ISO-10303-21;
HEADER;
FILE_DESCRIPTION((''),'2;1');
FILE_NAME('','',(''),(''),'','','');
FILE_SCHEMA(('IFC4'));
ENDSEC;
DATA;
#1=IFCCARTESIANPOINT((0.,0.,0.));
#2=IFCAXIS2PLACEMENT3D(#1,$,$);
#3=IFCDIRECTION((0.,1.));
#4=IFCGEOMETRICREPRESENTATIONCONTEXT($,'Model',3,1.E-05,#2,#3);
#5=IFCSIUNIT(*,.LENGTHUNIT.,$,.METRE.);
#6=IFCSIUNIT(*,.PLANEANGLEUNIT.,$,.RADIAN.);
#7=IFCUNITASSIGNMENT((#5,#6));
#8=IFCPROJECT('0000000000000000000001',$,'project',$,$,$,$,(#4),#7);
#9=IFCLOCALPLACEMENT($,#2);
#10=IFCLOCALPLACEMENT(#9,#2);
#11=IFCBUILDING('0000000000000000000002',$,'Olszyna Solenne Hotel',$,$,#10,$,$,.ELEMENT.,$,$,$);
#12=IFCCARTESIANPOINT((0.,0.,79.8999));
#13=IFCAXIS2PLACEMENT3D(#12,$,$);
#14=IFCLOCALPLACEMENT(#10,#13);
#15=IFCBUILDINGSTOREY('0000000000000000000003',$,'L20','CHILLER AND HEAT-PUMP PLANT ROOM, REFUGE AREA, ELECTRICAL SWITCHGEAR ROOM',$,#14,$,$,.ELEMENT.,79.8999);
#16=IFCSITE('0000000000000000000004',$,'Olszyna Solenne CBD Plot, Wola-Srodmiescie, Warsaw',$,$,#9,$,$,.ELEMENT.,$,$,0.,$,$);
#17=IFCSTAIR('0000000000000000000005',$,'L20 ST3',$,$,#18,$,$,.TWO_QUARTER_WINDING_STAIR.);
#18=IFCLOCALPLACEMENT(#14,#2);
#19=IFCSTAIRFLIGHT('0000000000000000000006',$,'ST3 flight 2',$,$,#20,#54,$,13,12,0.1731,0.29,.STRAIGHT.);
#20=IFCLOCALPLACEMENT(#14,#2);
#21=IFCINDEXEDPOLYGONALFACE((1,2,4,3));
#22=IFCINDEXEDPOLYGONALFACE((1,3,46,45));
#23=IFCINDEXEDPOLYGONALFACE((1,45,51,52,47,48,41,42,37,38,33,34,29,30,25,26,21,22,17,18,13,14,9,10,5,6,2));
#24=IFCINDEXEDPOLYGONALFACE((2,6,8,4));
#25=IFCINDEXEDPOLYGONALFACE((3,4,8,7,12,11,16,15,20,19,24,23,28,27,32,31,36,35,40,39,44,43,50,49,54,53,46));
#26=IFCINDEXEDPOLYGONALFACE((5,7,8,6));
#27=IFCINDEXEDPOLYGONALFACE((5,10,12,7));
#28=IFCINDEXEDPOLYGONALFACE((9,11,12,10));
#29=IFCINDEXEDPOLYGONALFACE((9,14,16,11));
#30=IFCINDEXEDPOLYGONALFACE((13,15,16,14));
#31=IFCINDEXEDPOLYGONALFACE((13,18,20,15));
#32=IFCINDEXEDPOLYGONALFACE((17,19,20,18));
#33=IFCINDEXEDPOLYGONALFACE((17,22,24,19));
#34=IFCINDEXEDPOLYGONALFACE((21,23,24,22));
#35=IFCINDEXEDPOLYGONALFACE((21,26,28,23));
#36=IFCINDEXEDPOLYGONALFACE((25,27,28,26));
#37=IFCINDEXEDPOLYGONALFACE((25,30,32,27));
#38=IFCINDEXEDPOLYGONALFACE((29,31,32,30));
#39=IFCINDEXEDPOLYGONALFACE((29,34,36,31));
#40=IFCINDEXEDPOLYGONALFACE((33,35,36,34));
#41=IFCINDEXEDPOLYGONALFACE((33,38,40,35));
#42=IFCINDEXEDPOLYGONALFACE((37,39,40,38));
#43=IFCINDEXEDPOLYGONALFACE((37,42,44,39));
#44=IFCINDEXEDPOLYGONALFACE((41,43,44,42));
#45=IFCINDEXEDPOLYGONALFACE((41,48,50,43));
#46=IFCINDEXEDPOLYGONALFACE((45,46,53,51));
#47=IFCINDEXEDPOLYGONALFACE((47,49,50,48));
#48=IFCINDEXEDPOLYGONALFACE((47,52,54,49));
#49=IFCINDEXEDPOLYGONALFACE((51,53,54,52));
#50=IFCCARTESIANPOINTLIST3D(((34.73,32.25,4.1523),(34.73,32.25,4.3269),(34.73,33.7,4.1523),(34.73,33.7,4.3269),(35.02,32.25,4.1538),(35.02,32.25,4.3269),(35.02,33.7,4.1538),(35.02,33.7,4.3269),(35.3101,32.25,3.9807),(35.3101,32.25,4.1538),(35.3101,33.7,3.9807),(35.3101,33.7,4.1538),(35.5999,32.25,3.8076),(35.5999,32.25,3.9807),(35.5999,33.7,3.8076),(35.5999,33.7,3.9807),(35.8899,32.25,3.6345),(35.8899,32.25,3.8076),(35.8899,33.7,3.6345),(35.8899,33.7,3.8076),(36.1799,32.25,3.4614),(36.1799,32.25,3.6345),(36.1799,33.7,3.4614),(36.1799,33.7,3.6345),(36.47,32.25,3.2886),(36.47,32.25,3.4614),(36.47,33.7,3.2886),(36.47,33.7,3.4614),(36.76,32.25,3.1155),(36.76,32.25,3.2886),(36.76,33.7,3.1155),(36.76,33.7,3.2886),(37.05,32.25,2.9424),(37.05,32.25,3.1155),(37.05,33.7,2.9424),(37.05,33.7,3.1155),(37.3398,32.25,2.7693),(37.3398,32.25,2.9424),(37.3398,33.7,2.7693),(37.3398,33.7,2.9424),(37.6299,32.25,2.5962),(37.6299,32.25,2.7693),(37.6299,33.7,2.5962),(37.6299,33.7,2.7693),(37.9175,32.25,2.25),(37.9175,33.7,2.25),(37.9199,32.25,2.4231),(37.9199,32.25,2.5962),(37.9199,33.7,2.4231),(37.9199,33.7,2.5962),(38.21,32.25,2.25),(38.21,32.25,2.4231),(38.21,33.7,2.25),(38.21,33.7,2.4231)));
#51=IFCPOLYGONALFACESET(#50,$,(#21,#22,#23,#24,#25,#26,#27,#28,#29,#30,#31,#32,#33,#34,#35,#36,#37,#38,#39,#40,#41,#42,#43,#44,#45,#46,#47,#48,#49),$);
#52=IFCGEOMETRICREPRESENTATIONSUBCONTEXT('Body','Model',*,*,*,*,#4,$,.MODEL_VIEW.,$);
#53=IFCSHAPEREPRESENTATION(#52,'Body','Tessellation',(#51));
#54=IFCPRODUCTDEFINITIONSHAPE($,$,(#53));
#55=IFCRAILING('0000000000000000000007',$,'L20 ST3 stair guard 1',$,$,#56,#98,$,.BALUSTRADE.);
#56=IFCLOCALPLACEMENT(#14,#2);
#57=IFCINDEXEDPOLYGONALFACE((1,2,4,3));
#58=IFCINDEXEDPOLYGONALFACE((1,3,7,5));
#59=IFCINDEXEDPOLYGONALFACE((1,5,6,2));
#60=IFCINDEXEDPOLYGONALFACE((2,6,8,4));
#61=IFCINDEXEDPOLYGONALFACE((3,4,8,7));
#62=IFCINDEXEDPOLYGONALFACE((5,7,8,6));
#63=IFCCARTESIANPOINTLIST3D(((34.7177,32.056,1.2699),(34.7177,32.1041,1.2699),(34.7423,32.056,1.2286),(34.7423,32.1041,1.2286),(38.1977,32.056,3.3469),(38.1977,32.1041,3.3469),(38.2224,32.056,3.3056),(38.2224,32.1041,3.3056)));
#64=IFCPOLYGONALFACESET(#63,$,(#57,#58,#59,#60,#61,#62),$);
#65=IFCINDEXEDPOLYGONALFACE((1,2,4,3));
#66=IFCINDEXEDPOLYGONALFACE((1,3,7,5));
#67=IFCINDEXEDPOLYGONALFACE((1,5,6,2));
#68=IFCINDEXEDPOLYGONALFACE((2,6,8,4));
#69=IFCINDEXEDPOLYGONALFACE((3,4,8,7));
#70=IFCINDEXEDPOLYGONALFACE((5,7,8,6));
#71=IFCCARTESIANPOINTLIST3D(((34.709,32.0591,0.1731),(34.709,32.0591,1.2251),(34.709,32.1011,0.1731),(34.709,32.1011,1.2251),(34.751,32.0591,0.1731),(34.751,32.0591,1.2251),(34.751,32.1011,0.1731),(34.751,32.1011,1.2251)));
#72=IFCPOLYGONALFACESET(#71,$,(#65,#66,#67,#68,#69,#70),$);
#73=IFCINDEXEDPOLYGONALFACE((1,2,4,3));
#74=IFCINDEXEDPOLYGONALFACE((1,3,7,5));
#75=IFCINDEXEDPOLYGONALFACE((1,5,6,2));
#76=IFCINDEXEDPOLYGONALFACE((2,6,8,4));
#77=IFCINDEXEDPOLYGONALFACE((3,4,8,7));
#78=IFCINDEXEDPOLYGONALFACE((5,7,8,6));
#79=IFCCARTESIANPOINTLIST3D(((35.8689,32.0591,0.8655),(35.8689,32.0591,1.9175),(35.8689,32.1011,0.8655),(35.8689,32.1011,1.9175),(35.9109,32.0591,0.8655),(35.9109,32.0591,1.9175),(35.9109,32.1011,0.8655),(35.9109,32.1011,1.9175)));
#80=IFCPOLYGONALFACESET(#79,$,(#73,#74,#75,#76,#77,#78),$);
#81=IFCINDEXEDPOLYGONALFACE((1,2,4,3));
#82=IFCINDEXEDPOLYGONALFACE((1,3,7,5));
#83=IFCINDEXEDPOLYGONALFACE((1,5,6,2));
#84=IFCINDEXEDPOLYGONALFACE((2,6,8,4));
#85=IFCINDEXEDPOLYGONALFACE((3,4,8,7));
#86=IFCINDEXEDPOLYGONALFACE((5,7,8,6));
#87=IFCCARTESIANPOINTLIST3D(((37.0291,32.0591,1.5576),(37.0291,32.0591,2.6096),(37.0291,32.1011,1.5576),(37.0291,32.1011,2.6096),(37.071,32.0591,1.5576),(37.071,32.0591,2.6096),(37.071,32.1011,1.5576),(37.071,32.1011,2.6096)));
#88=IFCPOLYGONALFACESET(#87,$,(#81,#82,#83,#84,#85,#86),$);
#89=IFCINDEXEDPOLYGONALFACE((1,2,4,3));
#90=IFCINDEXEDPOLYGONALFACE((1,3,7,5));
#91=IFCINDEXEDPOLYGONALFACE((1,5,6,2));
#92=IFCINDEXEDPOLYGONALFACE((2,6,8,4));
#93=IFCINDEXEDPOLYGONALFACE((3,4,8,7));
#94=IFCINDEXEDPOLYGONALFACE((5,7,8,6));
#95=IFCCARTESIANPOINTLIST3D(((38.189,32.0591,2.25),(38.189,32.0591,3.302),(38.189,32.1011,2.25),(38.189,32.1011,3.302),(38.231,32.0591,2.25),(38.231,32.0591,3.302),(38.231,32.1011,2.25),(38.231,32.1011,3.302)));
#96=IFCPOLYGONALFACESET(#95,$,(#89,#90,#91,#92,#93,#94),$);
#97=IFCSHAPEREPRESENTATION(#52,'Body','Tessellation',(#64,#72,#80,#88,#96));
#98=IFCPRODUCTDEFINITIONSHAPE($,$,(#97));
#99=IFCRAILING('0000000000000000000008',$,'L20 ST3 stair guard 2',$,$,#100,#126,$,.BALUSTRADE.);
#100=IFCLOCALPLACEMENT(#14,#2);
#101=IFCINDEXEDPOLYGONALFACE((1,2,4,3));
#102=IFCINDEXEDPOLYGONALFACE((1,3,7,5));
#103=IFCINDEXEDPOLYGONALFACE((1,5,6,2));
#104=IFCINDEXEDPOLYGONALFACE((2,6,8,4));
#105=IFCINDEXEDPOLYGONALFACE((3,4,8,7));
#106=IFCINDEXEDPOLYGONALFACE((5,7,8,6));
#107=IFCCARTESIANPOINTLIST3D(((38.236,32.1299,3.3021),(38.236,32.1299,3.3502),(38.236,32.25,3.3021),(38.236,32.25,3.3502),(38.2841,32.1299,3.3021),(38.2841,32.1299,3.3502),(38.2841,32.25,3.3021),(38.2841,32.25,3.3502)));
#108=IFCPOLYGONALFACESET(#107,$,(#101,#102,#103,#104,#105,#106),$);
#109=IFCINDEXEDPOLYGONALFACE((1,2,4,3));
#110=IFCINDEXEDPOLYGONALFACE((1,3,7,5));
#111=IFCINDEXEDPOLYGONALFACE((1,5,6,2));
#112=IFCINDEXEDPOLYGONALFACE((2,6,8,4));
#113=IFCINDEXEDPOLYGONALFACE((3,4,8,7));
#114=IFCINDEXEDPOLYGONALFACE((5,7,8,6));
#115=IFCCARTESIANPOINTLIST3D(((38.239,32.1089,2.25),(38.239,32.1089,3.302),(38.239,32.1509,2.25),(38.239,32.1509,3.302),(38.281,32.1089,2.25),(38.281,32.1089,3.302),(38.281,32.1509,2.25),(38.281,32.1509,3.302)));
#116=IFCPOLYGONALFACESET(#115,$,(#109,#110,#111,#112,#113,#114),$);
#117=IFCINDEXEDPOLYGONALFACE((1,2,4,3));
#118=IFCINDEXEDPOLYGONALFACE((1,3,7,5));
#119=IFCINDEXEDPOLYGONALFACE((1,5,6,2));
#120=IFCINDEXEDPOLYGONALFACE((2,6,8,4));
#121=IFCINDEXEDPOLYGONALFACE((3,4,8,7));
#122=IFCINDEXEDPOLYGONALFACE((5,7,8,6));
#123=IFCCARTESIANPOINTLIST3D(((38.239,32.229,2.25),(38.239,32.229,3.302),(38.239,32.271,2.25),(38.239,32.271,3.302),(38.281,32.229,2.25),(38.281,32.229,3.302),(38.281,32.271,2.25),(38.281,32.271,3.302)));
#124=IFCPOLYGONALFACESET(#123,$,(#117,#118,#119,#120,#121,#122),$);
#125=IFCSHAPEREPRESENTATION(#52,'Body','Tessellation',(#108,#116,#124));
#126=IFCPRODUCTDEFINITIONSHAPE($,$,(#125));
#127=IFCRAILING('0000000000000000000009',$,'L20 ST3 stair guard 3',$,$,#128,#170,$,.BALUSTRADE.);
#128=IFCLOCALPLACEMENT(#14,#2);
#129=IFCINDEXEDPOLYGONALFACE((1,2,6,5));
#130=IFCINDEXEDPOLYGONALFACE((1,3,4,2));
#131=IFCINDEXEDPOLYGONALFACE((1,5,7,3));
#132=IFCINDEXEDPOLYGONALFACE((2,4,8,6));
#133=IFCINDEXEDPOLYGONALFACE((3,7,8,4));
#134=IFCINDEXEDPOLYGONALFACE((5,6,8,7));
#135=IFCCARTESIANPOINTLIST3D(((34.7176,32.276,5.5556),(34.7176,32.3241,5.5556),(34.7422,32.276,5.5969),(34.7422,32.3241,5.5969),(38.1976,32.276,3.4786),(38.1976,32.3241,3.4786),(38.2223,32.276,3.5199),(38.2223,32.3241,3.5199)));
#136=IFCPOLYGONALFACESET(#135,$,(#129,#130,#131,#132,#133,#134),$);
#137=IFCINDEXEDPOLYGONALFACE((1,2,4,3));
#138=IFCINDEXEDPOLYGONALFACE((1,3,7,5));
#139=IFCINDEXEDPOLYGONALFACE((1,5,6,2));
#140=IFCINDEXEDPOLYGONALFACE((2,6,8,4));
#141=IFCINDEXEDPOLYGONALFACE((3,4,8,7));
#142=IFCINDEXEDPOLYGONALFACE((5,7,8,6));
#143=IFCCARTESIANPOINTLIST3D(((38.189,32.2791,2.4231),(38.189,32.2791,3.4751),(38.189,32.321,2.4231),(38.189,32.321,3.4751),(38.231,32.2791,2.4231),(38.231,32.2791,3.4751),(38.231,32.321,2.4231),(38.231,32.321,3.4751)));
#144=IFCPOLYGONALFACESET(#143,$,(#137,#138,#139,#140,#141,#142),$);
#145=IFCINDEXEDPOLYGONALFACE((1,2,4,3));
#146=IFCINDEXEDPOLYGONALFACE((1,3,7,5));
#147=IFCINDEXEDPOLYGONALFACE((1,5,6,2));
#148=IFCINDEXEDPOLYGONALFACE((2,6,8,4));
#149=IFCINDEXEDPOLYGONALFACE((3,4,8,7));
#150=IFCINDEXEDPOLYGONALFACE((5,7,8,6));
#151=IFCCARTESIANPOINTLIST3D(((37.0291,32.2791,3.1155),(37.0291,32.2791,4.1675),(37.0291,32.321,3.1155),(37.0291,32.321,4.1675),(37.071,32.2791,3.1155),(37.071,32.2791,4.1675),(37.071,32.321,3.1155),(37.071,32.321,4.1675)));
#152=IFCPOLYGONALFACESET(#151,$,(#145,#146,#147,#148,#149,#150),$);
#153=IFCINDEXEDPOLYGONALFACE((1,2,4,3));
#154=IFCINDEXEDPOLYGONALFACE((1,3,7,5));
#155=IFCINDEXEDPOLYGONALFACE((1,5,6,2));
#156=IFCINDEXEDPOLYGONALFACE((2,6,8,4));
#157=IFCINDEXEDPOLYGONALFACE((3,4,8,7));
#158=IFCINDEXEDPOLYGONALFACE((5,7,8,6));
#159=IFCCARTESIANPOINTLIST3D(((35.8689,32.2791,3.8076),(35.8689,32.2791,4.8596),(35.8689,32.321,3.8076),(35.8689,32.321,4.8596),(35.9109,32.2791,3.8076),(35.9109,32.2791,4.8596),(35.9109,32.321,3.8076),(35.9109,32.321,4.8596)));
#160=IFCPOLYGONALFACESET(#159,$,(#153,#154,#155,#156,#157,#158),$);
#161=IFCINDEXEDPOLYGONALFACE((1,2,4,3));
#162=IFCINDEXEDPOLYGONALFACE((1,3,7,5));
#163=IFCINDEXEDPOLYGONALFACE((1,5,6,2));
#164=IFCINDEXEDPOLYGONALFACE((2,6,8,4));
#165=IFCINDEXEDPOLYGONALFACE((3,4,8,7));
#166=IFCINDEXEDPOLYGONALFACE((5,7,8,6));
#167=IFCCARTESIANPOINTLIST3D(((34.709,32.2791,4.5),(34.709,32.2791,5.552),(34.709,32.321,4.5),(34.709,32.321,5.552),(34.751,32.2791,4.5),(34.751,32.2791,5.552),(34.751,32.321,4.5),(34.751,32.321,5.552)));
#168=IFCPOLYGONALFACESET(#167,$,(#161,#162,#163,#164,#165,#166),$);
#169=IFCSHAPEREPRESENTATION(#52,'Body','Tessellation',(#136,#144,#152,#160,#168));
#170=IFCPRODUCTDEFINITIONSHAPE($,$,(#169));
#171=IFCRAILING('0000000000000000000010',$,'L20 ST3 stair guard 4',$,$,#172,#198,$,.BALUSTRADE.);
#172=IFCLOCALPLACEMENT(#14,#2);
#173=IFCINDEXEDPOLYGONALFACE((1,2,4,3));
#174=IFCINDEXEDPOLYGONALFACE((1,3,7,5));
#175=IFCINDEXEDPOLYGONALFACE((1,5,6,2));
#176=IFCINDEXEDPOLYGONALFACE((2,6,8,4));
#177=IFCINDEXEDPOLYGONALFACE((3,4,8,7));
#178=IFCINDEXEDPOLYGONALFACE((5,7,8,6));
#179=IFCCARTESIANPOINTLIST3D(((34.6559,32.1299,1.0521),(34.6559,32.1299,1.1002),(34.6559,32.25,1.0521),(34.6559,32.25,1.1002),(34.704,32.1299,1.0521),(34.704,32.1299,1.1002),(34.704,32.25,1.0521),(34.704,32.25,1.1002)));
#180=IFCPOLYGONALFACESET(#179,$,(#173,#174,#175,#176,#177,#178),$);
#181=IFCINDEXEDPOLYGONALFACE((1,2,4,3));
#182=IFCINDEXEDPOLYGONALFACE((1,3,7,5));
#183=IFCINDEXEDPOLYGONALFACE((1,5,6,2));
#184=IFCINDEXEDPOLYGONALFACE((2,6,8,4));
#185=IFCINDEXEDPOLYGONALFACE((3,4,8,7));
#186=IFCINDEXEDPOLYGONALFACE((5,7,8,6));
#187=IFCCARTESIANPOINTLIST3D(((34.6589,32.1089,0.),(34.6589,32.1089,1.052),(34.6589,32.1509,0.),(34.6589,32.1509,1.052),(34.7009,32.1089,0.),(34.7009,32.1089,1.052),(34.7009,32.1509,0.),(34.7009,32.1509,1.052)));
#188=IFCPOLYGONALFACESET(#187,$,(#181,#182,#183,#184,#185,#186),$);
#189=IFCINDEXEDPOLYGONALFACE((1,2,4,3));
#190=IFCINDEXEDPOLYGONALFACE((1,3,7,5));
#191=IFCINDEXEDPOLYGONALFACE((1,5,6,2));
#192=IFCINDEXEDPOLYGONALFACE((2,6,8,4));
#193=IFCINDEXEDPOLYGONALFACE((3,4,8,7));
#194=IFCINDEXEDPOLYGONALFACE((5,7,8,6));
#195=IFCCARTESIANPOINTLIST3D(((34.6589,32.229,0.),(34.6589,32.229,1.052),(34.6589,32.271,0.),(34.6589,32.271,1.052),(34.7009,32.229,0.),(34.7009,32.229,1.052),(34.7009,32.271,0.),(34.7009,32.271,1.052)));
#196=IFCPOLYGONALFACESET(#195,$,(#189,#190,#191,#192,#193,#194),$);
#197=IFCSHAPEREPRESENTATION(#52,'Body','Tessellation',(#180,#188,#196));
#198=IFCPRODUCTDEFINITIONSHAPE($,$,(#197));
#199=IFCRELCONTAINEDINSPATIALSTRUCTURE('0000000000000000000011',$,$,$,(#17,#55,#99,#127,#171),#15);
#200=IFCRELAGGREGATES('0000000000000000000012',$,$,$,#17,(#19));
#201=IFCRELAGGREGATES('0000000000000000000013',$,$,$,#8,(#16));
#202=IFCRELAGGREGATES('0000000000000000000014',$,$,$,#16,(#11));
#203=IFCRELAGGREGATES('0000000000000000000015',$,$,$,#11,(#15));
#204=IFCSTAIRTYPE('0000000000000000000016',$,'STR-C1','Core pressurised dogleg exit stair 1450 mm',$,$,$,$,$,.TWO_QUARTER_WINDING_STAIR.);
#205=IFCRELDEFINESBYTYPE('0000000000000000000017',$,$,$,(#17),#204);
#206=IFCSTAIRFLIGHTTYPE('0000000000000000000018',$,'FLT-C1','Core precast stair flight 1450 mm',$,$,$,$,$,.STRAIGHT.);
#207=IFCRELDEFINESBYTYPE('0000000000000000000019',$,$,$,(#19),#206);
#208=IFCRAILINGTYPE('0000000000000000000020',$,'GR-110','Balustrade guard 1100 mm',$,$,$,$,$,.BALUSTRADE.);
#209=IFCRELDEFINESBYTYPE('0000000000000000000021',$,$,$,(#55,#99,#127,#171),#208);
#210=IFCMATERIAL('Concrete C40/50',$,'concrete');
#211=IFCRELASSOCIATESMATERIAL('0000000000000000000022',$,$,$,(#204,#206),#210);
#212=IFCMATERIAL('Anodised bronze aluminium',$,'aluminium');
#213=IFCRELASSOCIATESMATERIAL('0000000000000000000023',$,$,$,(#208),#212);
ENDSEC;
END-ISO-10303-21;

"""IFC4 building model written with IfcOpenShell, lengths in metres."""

from ifc_helpers import new_model, si_unit, direction, frame, origin, origin_2d, place, context, subcontext, project, spatial, polyline, rectangle, outline, extrude, material, type_object, element, aggregate, save


model = new_model("IFC4")

# Units and contexts
model_context = context("Model", 3, precision=1e-05, world=origin(), true_north=direction((0.0, 1.0)))
body_context = subcontext(model_context, "Body", "Model", "MODEL_VIEW")
ifc_project = project(units=[si_unit("LENGTHUNIT", "METRE"), si_unit("PLANEANGLEUNIT", "RADIAN")], contexts=[model_context])

# Site, building, storey
site_placement = place(None, origin())
site = spatial("IfcSite", under=ifc_project, at=site_placement, Name="Olszyna Solenne CBD Plot, Wola-Srodmiescie, Warsaw", CompositionType="ELEMENT", RefElevation=0.0)
building_placement = place(site_placement, origin())
building = spatial("IfcBuilding", under=site, at=building_placement, Name="Olszyna Solenne Hotel", CompositionType="ELEMENT")
storey_placement = place(building_placement, frame((0.0, 0.0, 79.8999)))
storey = spatial("IfcBuildingStorey", under=building, at=storey_placement, Name="L20", Description="CHILLER AND HEAT-PUMP PLANT ROOM, REFUGE AREA, ELECTRICAL SWITCHGEAR ROOM", CompositionType="ELEMENT", Elevation=79.8999)

# Stair, stair flight
ifc_material_1 = material(Name="Concrete C40/50", Category="concrete")
stair_type = type_object("IfcStairType", Name="STR-C1", Description="Core pressurised dogleg exit stair 1450 mm", PredefinedType="TWO_QUARTER_WINDING_STAIR", material=ifc_material_1)
stair_placement = place(storey_placement, origin())
stair = element("IfcStair", 1, at=stair_placement, inside=storey, type_object=stair_type, Name="L20 ST3", PredefinedType="TWO_QUARTER_WINDING_STAIR")
stair_flight_type = type_object("IfcStairFlightType", Name="FLT-C1", Description="Core precast stair flight 1450 mm", PredefinedType="STRAIGHT", material=ifc_material_1)
stair_flight_1_placement = place(storey_placement, frame((38.21, 32.9751, 2.25), z_axis=(0.0, 0.0, 1.0), x_axis=(-1.0, 0.0, 0.0)))
stair_flight_1 = element("IfcStairFlight", 2, at=stair_flight_1_placement, type_object=stair_flight_type, Name="ST3 flight 2", NumberOfRisers=13, NumberOfTreads=12, PredefinedType="STRAIGHT", RiserHeight=0.1731, TreadLength=0.29, context=body_context, shape_type="SweptSolid", body=[
    extrude(outline(polyline([(0.0, 0.0), (0.0, 0.1731), (0.29, 0.1731), (0.29, 0.3462), (0.5801, 0.3462), (0.5801, 0.5193), (0.8701, 0.5193), (0.8701, 0.6924), (1.1599, 0.6924), (1.1599, 0.8655), (1.45, 0.8655), (1.45, 1.0386), (1.74, 1.0386), (1.74, 1.2114), (2.03, 1.2114), (2.03, 1.3845), (2.3201, 1.3845), (2.3201, 1.5576), (2.6101, 1.5576), (2.6101, 1.7307), (2.8999, 1.7307), (2.8999, 1.9038), (3.1899, 1.9038), (3.1899, 2.0769), (3.48, 2.0769), (3.48, 2.25), (3.48, 1.9023), (0.2925, 0.0), (0.0, 0.0)])), frame((0.0, 0.7251, 0.0), z_axis=(0.0, -1.0, 0.0), x_axis=(1.0, 0.0, 0.0)), (0.0, 0.0, 1.0), 1.45),
])
aggregate(stair, [stair_flight_1])

# Railings
ifc_material_2 = material(Name="Anodised bronze aluminium", Category="aluminium")
railing_type_1 = type_object("IfcRailingType", Name="GR-110", Description="Balustrade guard 1100 mm", PredefinedType="BALUSTRADE", material=ifc_material_2)
railing_1_placement = place(storey_placement, frame((34.73, 32.0801, 0.1731)))
element("IfcRailing", 3, at=railing_1_placement, inside=storey, type_object=railing_type_1, Name="L20 ST3 stair guard 1", PredefinedType="BALUSTRADE", context=body_context, shape_type="SweptSolid", body=[
    extrude(rectangle(XDim=0.0481, YDim=0.0481, at=origin_2d()), frame((0.0, 0.0, 1.0762), z_axis=(0.858697, 0.0, 0.512483), x_axis=(0.0, 1.0, 0.0)), (0.0, 0.0, 1.0), 4.0527),
    extrude(rectangle(XDim=0.042, YDim=0.042, at=origin_2d()), origin(), (0.0, 0.0, 1.0), 1.052),
    extrude(rectangle(XDim=0.042, YDim=0.042, at=origin_2d()), frame((1.1599, 0.0, 0.6924)), (0.0, 0.0, 1.0), 1.052),
    extrude(rectangle(XDim=0.042, YDim=0.042, at=origin_2d()), frame((2.3201, 0.0, 1.3845)), (0.0, 0.0, 1.0), 1.052),
    extrude(rectangle(XDim=0.042, YDim=0.042, at=origin_2d()), frame((3.48, 0.0, 2.0769)), (0.0, 0.0, 1.0), 1.052),
])
railing_2_placement = place(storey_placement, frame((38.26, 32.1299, 2.25)))
element("IfcRailing", 4, at=railing_2_placement, inside=storey, type_object=railing_type_1, Name="L20 ST3 stair guard 2", PredefinedType="BALUSTRADE", context=body_context, shape_type="SweptSolid", body=[
    extrude(rectangle(XDim=0.0481, YDim=0.0481, at=origin_2d()), frame((0.0, 0.0, 1.0762), z_axis=(0.0, 1.0, 0.0), x_axis=(-1.0, 0.0, 0.0)), (0.0, 0.0, 1.0), 0.1201),
    extrude(rectangle(XDim=0.042, YDim=0.042, at=origin_2d()), origin(), (0.0, 0.0, 1.0), 1.052),
    extrude(rectangle(XDim=0.042, YDim=0.042, at=origin_2d()), frame((0.0, 0.1201, 0.0)), (0.0, 0.0, 1.0), 1.052),
])
railing_3_placement = place(storey_placement, frame((38.21, 32.3, 2.4231)))
element("IfcRailing", 5, at=railing_3_placement, inside=storey, type_object=railing_type_1, Name="L20 ST3 stair guard 3", PredefinedType="BALUSTRADE", context=body_context, shape_type="SweptSolid", body=[
    extrude(rectangle(XDim=0.0481, YDim=0.0481, at=origin_2d()), frame((0.0, 0.0, 1.0762), z_axis=(-0.858697, 0.0, 0.512483), x_axis=(0.0, -1.0, 0.0)), (0.0, 0.0, 1.0), 4.0527),
    extrude(rectangle(XDim=0.042, YDim=0.042, at=origin_2d()), origin(), (0.0, 0.0, 1.0), 1.052),
    extrude(rectangle(XDim=0.042, YDim=0.042, at=origin_2d()), frame((-1.1599, 0.0, 0.6924)), (0.0, 0.0, 1.0), 1.052),
    extrude(rectangle(XDim=0.042, YDim=0.042, at=origin_2d()), frame((-2.3201, 0.0, 1.3845)), (0.0, 0.0, 1.0), 1.052),
    extrude(rectangle(XDim=0.042, YDim=0.042, at=origin_2d()), frame((-3.48, 0.0, 2.0769)), (0.0, 0.0, 1.0), 1.052),
])
railing_4_placement = place(storey_placement, frame((34.6799, 32.1299, 0.0)))
element("IfcRailing", 6, at=railing_4_placement, inside=storey, type_object=railing_type_1, Name="L20 ST3 stair guard 4", PredefinedType="BALUSTRADE", context=body_context, shape_type="SweptSolid", body=[
    extrude(rectangle(XDim=0.0481, YDim=0.0481, at=origin_2d()), frame((0.0, 0.0, 1.0762), z_axis=(0.0, 1.0, 0.0), x_axis=(-1.0, 0.0, 0.0)), (0.0, 0.0, 1.0), 0.1201),
    extrude(rectangle(XDim=0.042, YDim=0.042, at=origin_2d()), origin(), (0.0, 0.0, 1.0), 1.052),
    extrude(rectangle(XDim=0.042, YDim=0.042, at=origin_2d()), frame((0.0, 0.1201, 0.0)), (0.0, 0.0, 1.0), 1.052),
])

save(model, "model.ifc")
